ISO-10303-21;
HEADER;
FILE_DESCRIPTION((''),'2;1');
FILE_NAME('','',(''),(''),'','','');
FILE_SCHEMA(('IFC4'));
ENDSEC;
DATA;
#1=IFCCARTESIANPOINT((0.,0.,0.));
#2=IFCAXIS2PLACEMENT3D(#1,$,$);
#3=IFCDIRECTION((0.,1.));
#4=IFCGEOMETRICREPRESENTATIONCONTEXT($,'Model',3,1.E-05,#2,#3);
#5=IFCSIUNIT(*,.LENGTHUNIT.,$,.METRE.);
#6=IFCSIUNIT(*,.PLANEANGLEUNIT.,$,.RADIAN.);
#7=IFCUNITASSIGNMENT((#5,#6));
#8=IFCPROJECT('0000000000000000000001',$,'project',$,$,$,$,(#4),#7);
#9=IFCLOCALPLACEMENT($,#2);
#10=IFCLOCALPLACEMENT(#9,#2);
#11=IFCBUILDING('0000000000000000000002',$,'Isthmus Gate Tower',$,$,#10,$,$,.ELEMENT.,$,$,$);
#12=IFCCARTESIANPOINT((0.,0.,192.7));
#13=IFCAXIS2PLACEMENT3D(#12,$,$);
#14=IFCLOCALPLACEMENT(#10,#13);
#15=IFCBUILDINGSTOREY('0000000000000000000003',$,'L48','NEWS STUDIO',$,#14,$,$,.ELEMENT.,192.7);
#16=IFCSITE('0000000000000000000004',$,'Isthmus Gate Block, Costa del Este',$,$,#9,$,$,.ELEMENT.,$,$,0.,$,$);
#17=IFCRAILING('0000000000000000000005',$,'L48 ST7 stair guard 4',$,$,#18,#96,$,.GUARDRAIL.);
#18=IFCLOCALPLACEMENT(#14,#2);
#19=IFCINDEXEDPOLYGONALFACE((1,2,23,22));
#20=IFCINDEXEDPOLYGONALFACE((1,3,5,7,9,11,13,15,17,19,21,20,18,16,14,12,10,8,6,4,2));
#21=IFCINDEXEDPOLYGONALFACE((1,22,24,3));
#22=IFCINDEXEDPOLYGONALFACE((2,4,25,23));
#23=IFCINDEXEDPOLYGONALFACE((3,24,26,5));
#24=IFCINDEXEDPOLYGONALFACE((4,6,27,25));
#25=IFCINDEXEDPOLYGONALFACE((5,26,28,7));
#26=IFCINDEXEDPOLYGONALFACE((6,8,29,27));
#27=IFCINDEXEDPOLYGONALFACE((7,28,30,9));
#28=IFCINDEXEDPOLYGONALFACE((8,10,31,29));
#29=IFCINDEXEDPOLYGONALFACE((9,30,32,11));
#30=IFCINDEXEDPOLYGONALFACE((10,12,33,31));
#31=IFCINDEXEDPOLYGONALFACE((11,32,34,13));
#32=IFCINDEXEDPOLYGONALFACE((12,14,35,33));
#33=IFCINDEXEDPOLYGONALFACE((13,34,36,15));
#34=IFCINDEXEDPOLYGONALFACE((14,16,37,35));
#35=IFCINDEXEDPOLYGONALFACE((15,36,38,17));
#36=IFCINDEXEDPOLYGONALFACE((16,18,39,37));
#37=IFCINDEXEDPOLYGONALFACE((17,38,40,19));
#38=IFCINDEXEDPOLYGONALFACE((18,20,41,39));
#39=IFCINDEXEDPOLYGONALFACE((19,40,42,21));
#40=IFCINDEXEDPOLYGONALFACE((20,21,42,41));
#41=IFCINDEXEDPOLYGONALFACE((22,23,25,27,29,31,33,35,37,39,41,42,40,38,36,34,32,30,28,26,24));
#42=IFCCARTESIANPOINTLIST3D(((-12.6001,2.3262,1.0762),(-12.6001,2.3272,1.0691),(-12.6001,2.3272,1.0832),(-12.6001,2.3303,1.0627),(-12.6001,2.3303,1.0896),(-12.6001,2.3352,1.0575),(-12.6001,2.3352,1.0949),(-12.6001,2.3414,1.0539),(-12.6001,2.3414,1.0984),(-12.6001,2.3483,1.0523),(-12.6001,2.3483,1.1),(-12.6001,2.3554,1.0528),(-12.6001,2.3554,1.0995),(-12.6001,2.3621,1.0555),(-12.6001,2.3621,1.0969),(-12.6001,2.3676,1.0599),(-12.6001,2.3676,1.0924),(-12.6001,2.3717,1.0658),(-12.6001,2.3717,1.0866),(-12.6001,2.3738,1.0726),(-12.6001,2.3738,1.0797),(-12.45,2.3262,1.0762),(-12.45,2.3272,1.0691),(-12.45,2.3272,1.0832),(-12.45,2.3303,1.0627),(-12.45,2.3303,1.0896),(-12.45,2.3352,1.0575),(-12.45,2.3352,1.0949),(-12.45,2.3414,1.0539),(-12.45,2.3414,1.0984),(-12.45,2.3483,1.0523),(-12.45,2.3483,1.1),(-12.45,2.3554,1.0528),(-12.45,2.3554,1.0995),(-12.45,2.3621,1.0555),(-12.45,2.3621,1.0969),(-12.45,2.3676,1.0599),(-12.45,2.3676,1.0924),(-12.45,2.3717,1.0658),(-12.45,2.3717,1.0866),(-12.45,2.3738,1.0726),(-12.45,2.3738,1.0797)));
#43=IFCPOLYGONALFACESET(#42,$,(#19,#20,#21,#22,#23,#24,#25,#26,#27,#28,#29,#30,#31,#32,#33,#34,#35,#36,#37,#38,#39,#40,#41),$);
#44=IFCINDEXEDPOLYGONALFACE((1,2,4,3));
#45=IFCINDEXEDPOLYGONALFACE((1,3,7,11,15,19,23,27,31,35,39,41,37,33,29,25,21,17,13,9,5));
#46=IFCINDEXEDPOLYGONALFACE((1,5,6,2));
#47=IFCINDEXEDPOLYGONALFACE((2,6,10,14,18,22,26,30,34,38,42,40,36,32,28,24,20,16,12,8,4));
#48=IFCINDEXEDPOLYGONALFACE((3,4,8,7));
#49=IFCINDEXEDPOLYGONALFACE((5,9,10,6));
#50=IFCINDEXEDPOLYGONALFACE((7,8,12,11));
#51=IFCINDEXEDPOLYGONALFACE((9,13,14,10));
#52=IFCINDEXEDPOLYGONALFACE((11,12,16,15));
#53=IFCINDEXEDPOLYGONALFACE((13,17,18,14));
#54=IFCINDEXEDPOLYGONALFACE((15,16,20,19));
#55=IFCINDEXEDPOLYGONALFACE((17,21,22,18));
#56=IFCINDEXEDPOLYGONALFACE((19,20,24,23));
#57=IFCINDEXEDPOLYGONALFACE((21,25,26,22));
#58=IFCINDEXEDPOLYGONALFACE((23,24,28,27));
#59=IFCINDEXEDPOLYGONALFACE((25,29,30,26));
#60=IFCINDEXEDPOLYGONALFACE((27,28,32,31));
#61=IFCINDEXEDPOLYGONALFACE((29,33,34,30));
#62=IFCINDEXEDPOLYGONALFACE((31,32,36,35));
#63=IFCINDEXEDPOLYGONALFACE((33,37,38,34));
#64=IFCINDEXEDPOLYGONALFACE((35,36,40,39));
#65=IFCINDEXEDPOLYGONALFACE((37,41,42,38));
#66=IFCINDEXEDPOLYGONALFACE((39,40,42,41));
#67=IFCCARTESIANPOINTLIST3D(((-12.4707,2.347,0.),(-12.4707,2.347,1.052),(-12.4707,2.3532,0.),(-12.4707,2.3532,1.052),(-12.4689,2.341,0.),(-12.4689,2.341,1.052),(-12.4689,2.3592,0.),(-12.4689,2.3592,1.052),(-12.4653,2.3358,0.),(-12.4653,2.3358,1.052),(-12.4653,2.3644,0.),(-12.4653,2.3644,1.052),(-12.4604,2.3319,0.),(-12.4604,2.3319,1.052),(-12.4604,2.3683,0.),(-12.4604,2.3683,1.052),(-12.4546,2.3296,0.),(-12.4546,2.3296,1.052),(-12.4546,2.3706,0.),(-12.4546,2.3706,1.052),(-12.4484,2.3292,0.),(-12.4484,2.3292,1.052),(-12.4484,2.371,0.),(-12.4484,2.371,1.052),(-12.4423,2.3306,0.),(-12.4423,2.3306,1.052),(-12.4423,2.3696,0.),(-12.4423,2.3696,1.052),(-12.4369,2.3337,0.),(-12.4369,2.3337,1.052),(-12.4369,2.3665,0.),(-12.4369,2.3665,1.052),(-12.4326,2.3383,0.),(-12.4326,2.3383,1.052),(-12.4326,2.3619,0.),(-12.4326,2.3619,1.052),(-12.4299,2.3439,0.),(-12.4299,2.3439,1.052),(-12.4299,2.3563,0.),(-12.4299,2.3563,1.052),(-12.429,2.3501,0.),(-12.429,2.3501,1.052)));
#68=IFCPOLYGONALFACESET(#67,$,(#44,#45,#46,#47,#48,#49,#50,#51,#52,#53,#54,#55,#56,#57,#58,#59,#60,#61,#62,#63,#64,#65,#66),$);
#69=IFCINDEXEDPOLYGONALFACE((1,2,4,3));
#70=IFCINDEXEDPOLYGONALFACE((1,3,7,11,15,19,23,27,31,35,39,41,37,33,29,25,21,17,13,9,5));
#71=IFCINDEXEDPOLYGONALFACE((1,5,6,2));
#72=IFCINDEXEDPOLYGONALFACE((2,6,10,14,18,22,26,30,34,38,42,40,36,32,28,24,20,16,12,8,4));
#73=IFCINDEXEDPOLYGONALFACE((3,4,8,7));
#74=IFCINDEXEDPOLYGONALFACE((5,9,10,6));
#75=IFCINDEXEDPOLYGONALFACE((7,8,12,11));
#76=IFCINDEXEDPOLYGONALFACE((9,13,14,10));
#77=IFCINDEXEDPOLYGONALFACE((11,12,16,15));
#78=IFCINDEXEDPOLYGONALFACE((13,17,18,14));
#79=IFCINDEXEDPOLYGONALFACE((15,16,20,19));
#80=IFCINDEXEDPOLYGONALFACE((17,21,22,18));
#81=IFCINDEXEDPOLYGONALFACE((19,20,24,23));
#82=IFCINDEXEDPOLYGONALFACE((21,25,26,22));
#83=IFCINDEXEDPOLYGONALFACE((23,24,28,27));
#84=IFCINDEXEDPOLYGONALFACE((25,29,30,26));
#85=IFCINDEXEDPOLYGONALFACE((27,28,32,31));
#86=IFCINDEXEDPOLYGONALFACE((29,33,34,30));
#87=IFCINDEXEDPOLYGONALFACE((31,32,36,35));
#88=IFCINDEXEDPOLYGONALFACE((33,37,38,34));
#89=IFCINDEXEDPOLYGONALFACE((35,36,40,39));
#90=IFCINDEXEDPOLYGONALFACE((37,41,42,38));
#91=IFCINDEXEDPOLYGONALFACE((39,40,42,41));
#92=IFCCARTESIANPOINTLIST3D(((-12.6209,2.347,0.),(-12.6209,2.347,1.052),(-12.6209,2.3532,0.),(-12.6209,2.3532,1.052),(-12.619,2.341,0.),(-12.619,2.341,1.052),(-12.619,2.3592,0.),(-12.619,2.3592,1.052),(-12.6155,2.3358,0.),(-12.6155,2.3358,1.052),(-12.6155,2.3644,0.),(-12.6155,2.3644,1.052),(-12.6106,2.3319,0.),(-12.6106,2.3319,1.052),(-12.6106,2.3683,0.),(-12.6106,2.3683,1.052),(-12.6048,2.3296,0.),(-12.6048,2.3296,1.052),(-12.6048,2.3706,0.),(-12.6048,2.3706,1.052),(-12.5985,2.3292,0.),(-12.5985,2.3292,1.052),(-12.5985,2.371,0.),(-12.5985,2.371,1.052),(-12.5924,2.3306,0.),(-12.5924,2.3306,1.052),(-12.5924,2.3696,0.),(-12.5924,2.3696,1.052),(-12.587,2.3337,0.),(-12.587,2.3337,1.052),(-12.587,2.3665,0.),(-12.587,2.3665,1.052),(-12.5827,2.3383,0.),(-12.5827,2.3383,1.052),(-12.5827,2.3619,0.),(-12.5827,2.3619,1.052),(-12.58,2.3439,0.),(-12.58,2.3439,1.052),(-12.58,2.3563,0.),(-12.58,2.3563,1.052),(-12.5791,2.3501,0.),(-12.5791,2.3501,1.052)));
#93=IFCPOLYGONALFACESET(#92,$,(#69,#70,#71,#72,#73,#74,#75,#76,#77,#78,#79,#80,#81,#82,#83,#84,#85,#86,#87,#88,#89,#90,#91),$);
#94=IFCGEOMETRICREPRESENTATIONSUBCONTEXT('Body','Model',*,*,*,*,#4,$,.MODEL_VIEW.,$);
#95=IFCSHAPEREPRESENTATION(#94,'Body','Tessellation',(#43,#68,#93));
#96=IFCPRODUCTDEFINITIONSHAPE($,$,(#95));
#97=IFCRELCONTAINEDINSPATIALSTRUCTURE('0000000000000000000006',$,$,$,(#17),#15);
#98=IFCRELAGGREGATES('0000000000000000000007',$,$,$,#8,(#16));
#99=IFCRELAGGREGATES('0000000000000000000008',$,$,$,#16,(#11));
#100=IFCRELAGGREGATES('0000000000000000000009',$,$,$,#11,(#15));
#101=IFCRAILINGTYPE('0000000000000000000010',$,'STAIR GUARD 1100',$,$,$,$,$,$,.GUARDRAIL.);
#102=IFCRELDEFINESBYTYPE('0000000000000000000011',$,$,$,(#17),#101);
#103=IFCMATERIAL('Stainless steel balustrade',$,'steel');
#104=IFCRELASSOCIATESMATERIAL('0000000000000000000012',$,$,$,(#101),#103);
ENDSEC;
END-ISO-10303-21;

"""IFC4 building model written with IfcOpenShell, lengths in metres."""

from ifc_helpers import new_model, si_unit, direction, frame, origin, origin_2d, place, context, subcontext, project, spatial, circle, extrude, material, type_object, element, save


model = new_model("IFC4")

# Units and contexts
model_context = context("Model", 3, precision=1e-05, world=origin(), true_north=direction((0.0, 1.0)))
body_context = subcontext(model_context, "Body", "Model", "MODEL_VIEW")
ifc_project = project(units=[si_unit("LENGTHUNIT", "METRE"), si_unit("PLANEANGLEUNIT", "RADIAN")], contexts=[model_context])

# Site, building, storey
site_placement = place(None, origin())
site = spatial("IfcSite", under=ifc_project, at=site_placement, Name="Isthmus Gate Block, Costa del Este", CompositionType="ELEMENT", RefElevation=0.0)
building_placement = place(site_placement, origin())
building = spatial("IfcBuilding", under=site, at=building_placement, Name="Isthmus Gate Tower", CompositionType="ELEMENT")
storey_placement = place(building_placement, frame((0.0, 0.0, 192.7)))
storey = spatial("IfcBuildingStorey", under=building, at=storey_placement, Name="L48", Description="NEWS STUDIO", CompositionType="ELEMENT", Elevation=192.7)

# Railing
ifc_material_1 = material(Name="Stainless steel balustrade", Category="steel")
railing_type_1 = type_object("IfcRailingType", Name="STAIR GUARD 1100", PredefinedType="GUARDRAIL", material=ifc_material_1)
railing_1_placement = place(storey_placement, frame((-12.45, 2.3501, 0.0)))
element("IfcRailing", 1, at=railing_1_placement, inside=storey, type_object=railing_type_1, Name="L48 ST7 stair guard 4", PredefinedType="GUARDRAIL", context=body_context, shape_type="SweptSolid", body=[
    extrude(circle(Radius=0.0239, at=origin_2d()), frame((0.0, 0.0, 1.0762), z_axis=(-1.0, 0.0, 0.0), x_axis=(0.0, -1.0, 0.0)), (0.0, 0.0, 1.0), 0.1501),
    extrude(circle(Radius=0.021, at=origin_2d()), origin(), (0.0, 0.0, 1.0), 1.052),
    extrude(circle(Radius=0.021, at=origin_2d()), frame((-0.1501, 0.0, 0.0)), (0.0, 0.0, 1.0), 1.052),
])

save(model, "model.ifc")
